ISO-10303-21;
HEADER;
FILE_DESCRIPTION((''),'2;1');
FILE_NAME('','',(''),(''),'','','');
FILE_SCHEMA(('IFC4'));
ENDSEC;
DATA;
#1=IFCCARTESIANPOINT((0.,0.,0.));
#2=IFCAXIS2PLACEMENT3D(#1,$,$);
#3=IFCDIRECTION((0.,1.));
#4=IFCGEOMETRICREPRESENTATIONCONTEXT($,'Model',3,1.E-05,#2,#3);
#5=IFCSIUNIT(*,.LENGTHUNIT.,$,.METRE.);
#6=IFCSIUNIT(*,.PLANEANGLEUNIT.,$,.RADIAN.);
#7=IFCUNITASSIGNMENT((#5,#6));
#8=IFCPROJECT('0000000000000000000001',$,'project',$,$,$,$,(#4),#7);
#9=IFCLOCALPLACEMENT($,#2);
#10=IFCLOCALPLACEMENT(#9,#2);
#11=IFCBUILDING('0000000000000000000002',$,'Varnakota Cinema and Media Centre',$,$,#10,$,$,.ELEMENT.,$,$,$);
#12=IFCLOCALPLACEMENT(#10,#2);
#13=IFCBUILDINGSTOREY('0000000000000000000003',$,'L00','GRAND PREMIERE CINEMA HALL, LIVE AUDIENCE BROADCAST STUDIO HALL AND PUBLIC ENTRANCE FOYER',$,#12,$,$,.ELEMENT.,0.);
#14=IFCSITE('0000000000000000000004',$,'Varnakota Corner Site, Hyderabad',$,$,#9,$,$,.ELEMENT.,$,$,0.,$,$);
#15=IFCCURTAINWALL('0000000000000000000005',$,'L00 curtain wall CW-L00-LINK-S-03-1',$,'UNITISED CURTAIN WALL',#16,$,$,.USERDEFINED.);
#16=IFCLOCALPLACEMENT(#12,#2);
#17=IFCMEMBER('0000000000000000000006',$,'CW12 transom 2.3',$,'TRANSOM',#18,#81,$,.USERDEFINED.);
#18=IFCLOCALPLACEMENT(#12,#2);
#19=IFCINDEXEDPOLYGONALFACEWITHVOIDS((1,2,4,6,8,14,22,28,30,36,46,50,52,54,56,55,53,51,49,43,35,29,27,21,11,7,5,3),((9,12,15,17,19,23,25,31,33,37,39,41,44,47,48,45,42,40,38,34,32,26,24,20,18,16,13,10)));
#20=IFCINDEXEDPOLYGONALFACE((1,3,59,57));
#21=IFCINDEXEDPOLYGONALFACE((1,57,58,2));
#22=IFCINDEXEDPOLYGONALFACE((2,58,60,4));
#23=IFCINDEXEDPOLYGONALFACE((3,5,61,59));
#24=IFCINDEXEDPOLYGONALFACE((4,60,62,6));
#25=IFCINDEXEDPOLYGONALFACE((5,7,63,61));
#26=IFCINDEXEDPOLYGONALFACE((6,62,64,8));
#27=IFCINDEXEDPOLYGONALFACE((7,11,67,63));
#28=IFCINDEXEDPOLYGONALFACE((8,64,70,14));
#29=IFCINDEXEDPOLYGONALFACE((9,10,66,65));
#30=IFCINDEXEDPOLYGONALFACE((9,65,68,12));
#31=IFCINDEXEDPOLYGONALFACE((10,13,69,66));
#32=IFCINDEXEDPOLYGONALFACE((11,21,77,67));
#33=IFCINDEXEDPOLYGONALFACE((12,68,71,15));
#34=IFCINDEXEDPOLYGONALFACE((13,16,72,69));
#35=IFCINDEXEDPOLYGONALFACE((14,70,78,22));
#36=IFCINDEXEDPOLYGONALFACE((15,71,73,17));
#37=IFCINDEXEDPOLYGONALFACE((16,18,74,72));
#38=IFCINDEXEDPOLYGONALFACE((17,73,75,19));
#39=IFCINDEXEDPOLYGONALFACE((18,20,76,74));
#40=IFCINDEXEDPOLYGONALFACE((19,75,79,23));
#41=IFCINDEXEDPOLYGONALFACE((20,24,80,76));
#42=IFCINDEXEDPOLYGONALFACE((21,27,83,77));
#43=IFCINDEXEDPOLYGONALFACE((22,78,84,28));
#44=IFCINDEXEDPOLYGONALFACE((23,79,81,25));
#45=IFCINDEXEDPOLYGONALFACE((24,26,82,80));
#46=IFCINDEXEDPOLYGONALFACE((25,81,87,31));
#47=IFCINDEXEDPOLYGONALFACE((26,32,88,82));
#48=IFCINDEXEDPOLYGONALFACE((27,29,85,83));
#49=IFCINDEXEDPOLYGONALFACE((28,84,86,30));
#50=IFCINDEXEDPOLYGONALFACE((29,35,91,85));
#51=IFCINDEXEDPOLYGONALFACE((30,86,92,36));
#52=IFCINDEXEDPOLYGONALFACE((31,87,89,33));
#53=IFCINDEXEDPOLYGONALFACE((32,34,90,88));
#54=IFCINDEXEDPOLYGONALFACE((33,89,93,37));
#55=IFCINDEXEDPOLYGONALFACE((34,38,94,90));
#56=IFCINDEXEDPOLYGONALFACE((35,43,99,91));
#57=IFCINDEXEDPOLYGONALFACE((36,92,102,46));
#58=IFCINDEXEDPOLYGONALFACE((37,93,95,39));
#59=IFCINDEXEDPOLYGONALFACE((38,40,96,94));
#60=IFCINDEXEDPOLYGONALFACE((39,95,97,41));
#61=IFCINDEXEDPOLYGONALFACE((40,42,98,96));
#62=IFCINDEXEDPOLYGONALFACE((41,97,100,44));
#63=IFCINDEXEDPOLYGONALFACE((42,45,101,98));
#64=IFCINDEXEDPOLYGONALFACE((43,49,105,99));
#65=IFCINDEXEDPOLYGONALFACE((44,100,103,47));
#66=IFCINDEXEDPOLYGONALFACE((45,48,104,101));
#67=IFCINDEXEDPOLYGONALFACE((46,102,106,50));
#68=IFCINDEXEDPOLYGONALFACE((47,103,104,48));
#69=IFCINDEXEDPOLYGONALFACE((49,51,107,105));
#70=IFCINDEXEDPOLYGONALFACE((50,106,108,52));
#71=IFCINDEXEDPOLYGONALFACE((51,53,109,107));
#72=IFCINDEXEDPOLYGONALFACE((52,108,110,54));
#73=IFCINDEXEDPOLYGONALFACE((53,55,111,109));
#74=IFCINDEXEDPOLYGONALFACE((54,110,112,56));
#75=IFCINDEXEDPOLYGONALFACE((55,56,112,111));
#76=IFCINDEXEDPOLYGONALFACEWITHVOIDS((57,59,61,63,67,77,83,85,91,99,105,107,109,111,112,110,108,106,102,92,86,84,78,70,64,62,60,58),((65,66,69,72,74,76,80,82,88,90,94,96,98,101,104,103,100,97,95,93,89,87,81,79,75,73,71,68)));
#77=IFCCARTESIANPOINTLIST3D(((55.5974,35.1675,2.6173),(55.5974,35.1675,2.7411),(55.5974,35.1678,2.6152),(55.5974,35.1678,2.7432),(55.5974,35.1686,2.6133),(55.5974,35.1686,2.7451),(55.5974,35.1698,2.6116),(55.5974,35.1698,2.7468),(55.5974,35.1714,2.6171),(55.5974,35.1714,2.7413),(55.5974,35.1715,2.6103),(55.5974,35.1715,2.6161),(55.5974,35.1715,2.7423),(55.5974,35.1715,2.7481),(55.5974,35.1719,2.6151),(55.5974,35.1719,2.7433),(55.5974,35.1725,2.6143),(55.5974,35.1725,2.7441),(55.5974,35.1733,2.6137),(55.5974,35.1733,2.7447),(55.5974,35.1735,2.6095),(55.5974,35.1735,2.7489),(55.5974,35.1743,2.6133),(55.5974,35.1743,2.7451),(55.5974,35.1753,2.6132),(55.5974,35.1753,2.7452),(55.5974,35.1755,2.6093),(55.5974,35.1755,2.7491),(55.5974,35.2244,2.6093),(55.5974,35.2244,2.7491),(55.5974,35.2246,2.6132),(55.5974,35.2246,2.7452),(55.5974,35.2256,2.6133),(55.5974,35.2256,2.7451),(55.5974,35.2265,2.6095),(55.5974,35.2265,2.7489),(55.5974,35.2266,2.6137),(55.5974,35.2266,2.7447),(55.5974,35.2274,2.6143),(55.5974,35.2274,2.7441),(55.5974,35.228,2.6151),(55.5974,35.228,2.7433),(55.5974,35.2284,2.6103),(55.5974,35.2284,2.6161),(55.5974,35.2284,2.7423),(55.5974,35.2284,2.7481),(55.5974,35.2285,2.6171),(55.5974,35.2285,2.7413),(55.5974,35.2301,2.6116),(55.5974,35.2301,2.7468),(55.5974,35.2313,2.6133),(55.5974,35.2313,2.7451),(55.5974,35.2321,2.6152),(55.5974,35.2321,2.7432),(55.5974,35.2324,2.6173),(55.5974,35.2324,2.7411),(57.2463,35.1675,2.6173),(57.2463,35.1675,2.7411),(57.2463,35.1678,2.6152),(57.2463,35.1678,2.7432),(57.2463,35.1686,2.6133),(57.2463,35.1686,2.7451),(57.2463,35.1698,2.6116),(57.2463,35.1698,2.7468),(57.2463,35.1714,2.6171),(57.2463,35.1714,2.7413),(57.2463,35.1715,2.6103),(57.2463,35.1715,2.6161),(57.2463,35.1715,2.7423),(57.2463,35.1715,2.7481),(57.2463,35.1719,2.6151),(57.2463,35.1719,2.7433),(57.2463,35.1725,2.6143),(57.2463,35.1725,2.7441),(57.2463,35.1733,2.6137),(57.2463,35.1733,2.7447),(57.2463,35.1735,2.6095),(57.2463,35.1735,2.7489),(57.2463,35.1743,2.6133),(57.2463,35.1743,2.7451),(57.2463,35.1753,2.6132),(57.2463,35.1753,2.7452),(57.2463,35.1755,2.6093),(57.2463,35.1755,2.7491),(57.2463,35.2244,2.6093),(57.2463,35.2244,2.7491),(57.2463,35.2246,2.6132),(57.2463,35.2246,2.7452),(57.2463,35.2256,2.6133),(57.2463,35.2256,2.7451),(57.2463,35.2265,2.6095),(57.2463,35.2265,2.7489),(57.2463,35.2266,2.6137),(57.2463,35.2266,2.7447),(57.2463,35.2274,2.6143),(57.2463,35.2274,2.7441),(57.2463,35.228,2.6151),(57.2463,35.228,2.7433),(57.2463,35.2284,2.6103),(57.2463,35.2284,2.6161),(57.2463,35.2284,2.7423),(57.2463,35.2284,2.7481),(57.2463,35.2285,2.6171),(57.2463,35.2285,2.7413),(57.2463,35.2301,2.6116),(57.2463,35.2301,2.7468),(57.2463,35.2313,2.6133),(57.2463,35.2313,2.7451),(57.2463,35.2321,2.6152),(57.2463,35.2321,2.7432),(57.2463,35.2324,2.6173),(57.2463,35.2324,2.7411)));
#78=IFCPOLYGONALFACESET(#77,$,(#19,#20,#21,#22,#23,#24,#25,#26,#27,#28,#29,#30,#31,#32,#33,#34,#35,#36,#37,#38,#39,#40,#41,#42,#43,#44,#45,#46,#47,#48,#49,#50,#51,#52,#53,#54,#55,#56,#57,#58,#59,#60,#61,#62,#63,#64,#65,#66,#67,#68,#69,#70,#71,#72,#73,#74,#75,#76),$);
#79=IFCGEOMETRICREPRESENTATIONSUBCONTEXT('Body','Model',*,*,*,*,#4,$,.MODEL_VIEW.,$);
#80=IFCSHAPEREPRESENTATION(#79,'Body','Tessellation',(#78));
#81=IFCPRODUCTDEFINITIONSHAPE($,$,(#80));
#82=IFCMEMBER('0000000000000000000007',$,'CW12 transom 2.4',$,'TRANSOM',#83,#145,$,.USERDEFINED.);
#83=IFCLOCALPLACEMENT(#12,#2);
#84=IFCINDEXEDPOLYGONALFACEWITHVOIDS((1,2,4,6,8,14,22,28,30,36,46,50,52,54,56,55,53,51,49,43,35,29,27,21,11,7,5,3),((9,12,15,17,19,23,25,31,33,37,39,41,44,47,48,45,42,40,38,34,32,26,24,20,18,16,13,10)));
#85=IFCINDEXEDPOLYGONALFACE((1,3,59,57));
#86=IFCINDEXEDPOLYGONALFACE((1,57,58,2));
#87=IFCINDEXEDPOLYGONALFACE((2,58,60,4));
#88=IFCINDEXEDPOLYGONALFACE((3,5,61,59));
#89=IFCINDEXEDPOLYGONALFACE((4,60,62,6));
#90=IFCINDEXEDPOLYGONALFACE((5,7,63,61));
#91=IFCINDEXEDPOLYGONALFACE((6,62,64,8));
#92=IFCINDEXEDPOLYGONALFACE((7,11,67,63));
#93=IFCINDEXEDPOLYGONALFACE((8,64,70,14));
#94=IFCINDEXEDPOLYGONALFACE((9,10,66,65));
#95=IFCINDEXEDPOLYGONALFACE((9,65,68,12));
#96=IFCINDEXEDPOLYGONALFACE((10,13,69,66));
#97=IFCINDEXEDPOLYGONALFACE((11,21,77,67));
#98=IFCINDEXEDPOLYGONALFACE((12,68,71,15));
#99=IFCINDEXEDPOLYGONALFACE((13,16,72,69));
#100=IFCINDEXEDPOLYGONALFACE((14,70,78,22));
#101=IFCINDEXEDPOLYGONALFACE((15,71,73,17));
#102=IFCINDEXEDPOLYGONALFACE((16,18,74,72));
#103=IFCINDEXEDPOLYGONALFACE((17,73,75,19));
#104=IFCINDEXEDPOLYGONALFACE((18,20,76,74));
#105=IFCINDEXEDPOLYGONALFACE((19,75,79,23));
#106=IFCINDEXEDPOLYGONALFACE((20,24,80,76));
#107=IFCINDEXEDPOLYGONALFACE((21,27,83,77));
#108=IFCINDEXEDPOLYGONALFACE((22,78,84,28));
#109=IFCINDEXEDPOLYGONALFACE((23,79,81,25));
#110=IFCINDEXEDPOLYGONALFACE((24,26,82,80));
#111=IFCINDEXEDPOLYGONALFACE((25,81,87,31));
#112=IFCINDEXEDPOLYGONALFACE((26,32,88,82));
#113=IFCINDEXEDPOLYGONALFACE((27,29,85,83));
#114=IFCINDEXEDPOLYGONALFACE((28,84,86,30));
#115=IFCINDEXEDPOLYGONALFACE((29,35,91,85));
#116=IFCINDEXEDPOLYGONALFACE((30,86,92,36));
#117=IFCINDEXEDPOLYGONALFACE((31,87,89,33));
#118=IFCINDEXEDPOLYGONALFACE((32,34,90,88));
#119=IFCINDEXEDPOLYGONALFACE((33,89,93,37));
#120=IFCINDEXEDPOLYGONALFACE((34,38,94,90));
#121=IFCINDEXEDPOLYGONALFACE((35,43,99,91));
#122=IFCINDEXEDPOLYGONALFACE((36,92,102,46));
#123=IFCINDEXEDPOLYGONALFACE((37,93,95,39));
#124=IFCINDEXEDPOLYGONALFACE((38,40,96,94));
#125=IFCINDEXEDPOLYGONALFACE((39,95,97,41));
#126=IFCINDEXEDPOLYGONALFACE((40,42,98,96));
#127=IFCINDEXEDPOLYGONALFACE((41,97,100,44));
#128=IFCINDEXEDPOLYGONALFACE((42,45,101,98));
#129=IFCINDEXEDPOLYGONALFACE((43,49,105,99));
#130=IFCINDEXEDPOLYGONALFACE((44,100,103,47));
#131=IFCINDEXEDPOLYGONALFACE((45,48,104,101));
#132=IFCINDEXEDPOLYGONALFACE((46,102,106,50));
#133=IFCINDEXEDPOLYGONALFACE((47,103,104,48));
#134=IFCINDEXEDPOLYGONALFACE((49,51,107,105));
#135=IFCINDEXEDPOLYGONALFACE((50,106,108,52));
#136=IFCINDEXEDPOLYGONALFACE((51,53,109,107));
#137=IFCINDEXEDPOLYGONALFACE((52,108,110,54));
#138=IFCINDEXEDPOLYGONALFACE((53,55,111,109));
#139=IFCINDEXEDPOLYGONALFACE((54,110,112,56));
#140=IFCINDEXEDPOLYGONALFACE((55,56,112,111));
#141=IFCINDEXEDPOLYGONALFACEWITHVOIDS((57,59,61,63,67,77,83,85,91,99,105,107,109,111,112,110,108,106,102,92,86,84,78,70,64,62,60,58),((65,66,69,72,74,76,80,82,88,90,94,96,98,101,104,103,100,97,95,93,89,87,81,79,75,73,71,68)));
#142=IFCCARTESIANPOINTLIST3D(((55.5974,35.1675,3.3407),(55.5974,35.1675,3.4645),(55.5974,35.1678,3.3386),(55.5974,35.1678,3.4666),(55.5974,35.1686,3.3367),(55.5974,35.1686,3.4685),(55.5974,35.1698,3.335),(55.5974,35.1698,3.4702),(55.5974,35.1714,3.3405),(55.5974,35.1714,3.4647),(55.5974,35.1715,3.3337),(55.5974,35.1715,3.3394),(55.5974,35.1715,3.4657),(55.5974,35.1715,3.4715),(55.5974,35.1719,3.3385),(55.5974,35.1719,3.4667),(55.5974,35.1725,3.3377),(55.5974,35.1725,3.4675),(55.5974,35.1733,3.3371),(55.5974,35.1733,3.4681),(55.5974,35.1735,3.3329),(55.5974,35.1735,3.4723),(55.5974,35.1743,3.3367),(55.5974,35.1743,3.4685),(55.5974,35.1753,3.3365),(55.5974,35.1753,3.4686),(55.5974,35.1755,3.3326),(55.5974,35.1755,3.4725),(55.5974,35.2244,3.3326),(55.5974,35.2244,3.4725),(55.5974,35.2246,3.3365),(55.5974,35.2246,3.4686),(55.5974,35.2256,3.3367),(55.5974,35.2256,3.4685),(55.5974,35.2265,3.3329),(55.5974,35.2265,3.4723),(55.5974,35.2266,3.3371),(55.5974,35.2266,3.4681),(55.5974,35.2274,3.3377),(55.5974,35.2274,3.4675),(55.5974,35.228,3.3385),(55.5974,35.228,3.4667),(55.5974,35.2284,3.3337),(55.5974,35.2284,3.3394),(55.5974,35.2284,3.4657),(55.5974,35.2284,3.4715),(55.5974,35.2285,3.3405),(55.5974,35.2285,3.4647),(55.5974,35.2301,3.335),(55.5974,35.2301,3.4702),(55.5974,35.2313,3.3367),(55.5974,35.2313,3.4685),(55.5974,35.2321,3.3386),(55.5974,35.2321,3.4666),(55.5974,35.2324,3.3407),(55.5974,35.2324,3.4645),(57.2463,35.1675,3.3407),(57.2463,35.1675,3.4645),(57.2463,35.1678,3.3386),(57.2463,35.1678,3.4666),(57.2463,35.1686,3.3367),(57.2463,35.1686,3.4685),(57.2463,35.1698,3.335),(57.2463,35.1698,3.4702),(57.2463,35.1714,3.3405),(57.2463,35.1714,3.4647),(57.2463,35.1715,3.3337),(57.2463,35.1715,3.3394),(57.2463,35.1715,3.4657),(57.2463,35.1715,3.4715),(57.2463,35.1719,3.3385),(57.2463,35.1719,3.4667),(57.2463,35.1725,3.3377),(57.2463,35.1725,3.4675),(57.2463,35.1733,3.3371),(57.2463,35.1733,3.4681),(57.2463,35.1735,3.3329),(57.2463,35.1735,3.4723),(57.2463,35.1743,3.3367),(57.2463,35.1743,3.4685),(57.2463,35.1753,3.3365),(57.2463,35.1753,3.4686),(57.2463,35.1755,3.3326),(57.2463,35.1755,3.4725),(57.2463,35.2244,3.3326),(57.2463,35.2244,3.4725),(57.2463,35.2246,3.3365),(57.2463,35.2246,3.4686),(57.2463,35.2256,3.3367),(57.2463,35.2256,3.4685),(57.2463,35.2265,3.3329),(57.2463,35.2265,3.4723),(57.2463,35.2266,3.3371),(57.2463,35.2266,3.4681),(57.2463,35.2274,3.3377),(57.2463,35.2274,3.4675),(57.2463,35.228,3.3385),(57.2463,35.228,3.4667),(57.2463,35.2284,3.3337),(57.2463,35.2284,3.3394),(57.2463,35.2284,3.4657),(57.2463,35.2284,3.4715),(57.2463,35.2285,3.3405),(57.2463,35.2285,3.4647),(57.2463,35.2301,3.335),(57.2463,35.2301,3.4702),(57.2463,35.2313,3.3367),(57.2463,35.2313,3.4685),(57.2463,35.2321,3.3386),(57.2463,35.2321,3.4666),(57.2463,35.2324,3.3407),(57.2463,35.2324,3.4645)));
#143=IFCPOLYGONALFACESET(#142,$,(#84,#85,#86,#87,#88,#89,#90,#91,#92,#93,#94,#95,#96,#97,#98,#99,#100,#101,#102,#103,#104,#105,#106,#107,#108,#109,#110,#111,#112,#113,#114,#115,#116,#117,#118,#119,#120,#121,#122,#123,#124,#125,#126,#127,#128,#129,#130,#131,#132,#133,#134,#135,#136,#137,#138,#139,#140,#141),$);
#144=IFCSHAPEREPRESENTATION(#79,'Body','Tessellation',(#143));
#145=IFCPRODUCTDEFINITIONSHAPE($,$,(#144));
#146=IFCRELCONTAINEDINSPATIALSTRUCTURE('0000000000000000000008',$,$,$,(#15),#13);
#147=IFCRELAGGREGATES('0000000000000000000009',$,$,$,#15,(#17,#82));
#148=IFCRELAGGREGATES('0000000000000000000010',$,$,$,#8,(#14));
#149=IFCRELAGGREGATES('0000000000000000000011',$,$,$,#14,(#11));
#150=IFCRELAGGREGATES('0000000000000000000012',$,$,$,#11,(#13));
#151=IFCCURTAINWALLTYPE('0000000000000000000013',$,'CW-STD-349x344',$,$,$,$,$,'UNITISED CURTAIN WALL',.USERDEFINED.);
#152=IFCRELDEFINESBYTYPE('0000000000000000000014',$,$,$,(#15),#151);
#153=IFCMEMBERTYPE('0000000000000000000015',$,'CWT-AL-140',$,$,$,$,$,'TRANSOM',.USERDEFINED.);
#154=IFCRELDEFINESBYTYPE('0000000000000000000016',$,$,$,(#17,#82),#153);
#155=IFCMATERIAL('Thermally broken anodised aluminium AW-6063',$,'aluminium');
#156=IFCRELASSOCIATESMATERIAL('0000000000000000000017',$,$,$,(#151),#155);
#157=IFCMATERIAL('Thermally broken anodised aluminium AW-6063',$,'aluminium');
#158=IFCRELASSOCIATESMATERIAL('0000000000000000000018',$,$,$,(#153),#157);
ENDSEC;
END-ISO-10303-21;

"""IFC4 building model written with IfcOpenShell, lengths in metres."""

from ifc_helpers import new_model, si_unit, direction, frame, origin, origin_2d, place, context, subcontext, project, spatial, hollow_rectangle, extrude, material, material_profile, profile_set, type_object, element, aggregate, save


model = new_model("IFC4")

# Units and contexts
model_context = context("Model", 3, precision=1e-05, world=origin(), true_north=direction((0.0, 1.0)))
body_context = subcontext(model_context, "Body", "Model", "MODEL_VIEW")
ifc_project = project(units=[si_unit("LENGTHUNIT", "METRE"), si_unit("PLANEANGLEUNIT", "RADIAN")], contexts=[model_context])

# Site, building, storey
site_placement = place(None, origin())
site = spatial("IfcSite", under=ifc_project, at=site_placement, Name="Varnakota Corner Site, Hyderabad", CompositionType="ELEMENT", RefElevation=0.0)
building_placement = place(site_placement, origin())
building = spatial("IfcBuilding", under=site, at=building_placement, Name="Varnakota Cinema and Media Centre", CompositionType="ELEMENT")
storey_placement = place(building_placement, origin())
storey = spatial("IfcBuildingStorey", under=building, at=storey_placement, Name="L00", Description="GRAND PREMIERE CINEMA HALL, LIVE AUDIENCE BROADCAST STUDIO HALL AND PUBLIC ENTRANCE FOYER", CompositionType="ELEMENT", Elevation=0.0)

# Curtain wall
ifc_material_1 = material(Name="Thermally broken anodised aluminium AW-6063", Category="aluminium")
curtain_wall_type = type_object("IfcCurtainWallType", Name="CW-STD-349x344", ElementType="UNITISED CURTAIN WALL", PredefinedType="USERDEFINED", material=ifc_material_1)
curtain_wall_1_placement = place(storey_placement, origin())
curtain_wall_1 = element("IfcCurtainWall", 1, at=curtain_wall_1_placement, inside=storey, type_object=curtain_wall_type, Name="L00 curtain wall CW-L00-LINK-S-03-1", ObjectType="UNITISED CURTAIN WALL", PredefinedType="USERDEFINED")

# Members
ifc_material_2 = material(Name="Thermally broken anodised aluminium AW-6063", Category="aluminium")
ifc_material_profile_1 = material_profile(ifc_material_2, hollow_rectangle(XDim=0.0649, YDim=0.1399, WallThickness=0.0039, InnerFilletRadius=0.0039, OuterFilletRadius=0.0081, at=origin_2d()), Name="AL-TRANSOM 140x65x4")
ifc_profile_set_1 = profile_set([ifc_material_profile_1], Name="Thermally broken anodised aluminium AW-6063")
member_type_1 = type_object("IfcMemberType", Name="CWT-AL-140", ElementType="TRANSOM", PredefinedType="USERDEFINED", material=ifc_profile_set_1)
member_1_placement = place(storey_placement, frame((57.2463, 35.2, 2.6792), z_axis=(-1.0, 0.0, 0.0), x_axis=(0.0, -1.0, 0.0)))
member_1 = element("IfcMember", 2, at=member_1_placement, type_object=member_type_1, Name="CW12 transom 2.3", ObjectType="TRANSOM", PredefinedType="USERDEFINED", context=body_context, shape_type="SweptSolid", body=[
    extrude(hollow_rectangle(XDim=0.0649, YDim=0.1399, WallThickness=0.0039, InnerFilletRadius=0.0039, OuterFilletRadius=0.0081, at=origin_2d()), origin(), (0.0, 0.0, 1.0), 1.6489),
])
member_2_placement = place(storey_placement, frame((57.2463, 35.2, 3.4026), z_axis=(-1.0, 0.0, 0.0), x_axis=(0.0, -1.0, 0.0)))
member_2 = element("IfcMember", 3, at=member_2_placement, type_object=member_type_1, Name="CW12 transom 2.4", ObjectType="TRANSOM", PredefinedType="USERDEFINED", context=body_context, shape_type="SweptSolid", body=[
    extrude(hollow_rectangle(XDim=0.0649, YDim=0.1399, WallThickness=0.0039, InnerFilletRadius=0.0039, OuterFilletRadius=0.0081, at=origin_2d()), origin(), (0.0, 0.0, 1.0), 1.6489),
])

aggregate(curtain_wall_1, [member_1, member_2])

save(model, "model.ifc")
